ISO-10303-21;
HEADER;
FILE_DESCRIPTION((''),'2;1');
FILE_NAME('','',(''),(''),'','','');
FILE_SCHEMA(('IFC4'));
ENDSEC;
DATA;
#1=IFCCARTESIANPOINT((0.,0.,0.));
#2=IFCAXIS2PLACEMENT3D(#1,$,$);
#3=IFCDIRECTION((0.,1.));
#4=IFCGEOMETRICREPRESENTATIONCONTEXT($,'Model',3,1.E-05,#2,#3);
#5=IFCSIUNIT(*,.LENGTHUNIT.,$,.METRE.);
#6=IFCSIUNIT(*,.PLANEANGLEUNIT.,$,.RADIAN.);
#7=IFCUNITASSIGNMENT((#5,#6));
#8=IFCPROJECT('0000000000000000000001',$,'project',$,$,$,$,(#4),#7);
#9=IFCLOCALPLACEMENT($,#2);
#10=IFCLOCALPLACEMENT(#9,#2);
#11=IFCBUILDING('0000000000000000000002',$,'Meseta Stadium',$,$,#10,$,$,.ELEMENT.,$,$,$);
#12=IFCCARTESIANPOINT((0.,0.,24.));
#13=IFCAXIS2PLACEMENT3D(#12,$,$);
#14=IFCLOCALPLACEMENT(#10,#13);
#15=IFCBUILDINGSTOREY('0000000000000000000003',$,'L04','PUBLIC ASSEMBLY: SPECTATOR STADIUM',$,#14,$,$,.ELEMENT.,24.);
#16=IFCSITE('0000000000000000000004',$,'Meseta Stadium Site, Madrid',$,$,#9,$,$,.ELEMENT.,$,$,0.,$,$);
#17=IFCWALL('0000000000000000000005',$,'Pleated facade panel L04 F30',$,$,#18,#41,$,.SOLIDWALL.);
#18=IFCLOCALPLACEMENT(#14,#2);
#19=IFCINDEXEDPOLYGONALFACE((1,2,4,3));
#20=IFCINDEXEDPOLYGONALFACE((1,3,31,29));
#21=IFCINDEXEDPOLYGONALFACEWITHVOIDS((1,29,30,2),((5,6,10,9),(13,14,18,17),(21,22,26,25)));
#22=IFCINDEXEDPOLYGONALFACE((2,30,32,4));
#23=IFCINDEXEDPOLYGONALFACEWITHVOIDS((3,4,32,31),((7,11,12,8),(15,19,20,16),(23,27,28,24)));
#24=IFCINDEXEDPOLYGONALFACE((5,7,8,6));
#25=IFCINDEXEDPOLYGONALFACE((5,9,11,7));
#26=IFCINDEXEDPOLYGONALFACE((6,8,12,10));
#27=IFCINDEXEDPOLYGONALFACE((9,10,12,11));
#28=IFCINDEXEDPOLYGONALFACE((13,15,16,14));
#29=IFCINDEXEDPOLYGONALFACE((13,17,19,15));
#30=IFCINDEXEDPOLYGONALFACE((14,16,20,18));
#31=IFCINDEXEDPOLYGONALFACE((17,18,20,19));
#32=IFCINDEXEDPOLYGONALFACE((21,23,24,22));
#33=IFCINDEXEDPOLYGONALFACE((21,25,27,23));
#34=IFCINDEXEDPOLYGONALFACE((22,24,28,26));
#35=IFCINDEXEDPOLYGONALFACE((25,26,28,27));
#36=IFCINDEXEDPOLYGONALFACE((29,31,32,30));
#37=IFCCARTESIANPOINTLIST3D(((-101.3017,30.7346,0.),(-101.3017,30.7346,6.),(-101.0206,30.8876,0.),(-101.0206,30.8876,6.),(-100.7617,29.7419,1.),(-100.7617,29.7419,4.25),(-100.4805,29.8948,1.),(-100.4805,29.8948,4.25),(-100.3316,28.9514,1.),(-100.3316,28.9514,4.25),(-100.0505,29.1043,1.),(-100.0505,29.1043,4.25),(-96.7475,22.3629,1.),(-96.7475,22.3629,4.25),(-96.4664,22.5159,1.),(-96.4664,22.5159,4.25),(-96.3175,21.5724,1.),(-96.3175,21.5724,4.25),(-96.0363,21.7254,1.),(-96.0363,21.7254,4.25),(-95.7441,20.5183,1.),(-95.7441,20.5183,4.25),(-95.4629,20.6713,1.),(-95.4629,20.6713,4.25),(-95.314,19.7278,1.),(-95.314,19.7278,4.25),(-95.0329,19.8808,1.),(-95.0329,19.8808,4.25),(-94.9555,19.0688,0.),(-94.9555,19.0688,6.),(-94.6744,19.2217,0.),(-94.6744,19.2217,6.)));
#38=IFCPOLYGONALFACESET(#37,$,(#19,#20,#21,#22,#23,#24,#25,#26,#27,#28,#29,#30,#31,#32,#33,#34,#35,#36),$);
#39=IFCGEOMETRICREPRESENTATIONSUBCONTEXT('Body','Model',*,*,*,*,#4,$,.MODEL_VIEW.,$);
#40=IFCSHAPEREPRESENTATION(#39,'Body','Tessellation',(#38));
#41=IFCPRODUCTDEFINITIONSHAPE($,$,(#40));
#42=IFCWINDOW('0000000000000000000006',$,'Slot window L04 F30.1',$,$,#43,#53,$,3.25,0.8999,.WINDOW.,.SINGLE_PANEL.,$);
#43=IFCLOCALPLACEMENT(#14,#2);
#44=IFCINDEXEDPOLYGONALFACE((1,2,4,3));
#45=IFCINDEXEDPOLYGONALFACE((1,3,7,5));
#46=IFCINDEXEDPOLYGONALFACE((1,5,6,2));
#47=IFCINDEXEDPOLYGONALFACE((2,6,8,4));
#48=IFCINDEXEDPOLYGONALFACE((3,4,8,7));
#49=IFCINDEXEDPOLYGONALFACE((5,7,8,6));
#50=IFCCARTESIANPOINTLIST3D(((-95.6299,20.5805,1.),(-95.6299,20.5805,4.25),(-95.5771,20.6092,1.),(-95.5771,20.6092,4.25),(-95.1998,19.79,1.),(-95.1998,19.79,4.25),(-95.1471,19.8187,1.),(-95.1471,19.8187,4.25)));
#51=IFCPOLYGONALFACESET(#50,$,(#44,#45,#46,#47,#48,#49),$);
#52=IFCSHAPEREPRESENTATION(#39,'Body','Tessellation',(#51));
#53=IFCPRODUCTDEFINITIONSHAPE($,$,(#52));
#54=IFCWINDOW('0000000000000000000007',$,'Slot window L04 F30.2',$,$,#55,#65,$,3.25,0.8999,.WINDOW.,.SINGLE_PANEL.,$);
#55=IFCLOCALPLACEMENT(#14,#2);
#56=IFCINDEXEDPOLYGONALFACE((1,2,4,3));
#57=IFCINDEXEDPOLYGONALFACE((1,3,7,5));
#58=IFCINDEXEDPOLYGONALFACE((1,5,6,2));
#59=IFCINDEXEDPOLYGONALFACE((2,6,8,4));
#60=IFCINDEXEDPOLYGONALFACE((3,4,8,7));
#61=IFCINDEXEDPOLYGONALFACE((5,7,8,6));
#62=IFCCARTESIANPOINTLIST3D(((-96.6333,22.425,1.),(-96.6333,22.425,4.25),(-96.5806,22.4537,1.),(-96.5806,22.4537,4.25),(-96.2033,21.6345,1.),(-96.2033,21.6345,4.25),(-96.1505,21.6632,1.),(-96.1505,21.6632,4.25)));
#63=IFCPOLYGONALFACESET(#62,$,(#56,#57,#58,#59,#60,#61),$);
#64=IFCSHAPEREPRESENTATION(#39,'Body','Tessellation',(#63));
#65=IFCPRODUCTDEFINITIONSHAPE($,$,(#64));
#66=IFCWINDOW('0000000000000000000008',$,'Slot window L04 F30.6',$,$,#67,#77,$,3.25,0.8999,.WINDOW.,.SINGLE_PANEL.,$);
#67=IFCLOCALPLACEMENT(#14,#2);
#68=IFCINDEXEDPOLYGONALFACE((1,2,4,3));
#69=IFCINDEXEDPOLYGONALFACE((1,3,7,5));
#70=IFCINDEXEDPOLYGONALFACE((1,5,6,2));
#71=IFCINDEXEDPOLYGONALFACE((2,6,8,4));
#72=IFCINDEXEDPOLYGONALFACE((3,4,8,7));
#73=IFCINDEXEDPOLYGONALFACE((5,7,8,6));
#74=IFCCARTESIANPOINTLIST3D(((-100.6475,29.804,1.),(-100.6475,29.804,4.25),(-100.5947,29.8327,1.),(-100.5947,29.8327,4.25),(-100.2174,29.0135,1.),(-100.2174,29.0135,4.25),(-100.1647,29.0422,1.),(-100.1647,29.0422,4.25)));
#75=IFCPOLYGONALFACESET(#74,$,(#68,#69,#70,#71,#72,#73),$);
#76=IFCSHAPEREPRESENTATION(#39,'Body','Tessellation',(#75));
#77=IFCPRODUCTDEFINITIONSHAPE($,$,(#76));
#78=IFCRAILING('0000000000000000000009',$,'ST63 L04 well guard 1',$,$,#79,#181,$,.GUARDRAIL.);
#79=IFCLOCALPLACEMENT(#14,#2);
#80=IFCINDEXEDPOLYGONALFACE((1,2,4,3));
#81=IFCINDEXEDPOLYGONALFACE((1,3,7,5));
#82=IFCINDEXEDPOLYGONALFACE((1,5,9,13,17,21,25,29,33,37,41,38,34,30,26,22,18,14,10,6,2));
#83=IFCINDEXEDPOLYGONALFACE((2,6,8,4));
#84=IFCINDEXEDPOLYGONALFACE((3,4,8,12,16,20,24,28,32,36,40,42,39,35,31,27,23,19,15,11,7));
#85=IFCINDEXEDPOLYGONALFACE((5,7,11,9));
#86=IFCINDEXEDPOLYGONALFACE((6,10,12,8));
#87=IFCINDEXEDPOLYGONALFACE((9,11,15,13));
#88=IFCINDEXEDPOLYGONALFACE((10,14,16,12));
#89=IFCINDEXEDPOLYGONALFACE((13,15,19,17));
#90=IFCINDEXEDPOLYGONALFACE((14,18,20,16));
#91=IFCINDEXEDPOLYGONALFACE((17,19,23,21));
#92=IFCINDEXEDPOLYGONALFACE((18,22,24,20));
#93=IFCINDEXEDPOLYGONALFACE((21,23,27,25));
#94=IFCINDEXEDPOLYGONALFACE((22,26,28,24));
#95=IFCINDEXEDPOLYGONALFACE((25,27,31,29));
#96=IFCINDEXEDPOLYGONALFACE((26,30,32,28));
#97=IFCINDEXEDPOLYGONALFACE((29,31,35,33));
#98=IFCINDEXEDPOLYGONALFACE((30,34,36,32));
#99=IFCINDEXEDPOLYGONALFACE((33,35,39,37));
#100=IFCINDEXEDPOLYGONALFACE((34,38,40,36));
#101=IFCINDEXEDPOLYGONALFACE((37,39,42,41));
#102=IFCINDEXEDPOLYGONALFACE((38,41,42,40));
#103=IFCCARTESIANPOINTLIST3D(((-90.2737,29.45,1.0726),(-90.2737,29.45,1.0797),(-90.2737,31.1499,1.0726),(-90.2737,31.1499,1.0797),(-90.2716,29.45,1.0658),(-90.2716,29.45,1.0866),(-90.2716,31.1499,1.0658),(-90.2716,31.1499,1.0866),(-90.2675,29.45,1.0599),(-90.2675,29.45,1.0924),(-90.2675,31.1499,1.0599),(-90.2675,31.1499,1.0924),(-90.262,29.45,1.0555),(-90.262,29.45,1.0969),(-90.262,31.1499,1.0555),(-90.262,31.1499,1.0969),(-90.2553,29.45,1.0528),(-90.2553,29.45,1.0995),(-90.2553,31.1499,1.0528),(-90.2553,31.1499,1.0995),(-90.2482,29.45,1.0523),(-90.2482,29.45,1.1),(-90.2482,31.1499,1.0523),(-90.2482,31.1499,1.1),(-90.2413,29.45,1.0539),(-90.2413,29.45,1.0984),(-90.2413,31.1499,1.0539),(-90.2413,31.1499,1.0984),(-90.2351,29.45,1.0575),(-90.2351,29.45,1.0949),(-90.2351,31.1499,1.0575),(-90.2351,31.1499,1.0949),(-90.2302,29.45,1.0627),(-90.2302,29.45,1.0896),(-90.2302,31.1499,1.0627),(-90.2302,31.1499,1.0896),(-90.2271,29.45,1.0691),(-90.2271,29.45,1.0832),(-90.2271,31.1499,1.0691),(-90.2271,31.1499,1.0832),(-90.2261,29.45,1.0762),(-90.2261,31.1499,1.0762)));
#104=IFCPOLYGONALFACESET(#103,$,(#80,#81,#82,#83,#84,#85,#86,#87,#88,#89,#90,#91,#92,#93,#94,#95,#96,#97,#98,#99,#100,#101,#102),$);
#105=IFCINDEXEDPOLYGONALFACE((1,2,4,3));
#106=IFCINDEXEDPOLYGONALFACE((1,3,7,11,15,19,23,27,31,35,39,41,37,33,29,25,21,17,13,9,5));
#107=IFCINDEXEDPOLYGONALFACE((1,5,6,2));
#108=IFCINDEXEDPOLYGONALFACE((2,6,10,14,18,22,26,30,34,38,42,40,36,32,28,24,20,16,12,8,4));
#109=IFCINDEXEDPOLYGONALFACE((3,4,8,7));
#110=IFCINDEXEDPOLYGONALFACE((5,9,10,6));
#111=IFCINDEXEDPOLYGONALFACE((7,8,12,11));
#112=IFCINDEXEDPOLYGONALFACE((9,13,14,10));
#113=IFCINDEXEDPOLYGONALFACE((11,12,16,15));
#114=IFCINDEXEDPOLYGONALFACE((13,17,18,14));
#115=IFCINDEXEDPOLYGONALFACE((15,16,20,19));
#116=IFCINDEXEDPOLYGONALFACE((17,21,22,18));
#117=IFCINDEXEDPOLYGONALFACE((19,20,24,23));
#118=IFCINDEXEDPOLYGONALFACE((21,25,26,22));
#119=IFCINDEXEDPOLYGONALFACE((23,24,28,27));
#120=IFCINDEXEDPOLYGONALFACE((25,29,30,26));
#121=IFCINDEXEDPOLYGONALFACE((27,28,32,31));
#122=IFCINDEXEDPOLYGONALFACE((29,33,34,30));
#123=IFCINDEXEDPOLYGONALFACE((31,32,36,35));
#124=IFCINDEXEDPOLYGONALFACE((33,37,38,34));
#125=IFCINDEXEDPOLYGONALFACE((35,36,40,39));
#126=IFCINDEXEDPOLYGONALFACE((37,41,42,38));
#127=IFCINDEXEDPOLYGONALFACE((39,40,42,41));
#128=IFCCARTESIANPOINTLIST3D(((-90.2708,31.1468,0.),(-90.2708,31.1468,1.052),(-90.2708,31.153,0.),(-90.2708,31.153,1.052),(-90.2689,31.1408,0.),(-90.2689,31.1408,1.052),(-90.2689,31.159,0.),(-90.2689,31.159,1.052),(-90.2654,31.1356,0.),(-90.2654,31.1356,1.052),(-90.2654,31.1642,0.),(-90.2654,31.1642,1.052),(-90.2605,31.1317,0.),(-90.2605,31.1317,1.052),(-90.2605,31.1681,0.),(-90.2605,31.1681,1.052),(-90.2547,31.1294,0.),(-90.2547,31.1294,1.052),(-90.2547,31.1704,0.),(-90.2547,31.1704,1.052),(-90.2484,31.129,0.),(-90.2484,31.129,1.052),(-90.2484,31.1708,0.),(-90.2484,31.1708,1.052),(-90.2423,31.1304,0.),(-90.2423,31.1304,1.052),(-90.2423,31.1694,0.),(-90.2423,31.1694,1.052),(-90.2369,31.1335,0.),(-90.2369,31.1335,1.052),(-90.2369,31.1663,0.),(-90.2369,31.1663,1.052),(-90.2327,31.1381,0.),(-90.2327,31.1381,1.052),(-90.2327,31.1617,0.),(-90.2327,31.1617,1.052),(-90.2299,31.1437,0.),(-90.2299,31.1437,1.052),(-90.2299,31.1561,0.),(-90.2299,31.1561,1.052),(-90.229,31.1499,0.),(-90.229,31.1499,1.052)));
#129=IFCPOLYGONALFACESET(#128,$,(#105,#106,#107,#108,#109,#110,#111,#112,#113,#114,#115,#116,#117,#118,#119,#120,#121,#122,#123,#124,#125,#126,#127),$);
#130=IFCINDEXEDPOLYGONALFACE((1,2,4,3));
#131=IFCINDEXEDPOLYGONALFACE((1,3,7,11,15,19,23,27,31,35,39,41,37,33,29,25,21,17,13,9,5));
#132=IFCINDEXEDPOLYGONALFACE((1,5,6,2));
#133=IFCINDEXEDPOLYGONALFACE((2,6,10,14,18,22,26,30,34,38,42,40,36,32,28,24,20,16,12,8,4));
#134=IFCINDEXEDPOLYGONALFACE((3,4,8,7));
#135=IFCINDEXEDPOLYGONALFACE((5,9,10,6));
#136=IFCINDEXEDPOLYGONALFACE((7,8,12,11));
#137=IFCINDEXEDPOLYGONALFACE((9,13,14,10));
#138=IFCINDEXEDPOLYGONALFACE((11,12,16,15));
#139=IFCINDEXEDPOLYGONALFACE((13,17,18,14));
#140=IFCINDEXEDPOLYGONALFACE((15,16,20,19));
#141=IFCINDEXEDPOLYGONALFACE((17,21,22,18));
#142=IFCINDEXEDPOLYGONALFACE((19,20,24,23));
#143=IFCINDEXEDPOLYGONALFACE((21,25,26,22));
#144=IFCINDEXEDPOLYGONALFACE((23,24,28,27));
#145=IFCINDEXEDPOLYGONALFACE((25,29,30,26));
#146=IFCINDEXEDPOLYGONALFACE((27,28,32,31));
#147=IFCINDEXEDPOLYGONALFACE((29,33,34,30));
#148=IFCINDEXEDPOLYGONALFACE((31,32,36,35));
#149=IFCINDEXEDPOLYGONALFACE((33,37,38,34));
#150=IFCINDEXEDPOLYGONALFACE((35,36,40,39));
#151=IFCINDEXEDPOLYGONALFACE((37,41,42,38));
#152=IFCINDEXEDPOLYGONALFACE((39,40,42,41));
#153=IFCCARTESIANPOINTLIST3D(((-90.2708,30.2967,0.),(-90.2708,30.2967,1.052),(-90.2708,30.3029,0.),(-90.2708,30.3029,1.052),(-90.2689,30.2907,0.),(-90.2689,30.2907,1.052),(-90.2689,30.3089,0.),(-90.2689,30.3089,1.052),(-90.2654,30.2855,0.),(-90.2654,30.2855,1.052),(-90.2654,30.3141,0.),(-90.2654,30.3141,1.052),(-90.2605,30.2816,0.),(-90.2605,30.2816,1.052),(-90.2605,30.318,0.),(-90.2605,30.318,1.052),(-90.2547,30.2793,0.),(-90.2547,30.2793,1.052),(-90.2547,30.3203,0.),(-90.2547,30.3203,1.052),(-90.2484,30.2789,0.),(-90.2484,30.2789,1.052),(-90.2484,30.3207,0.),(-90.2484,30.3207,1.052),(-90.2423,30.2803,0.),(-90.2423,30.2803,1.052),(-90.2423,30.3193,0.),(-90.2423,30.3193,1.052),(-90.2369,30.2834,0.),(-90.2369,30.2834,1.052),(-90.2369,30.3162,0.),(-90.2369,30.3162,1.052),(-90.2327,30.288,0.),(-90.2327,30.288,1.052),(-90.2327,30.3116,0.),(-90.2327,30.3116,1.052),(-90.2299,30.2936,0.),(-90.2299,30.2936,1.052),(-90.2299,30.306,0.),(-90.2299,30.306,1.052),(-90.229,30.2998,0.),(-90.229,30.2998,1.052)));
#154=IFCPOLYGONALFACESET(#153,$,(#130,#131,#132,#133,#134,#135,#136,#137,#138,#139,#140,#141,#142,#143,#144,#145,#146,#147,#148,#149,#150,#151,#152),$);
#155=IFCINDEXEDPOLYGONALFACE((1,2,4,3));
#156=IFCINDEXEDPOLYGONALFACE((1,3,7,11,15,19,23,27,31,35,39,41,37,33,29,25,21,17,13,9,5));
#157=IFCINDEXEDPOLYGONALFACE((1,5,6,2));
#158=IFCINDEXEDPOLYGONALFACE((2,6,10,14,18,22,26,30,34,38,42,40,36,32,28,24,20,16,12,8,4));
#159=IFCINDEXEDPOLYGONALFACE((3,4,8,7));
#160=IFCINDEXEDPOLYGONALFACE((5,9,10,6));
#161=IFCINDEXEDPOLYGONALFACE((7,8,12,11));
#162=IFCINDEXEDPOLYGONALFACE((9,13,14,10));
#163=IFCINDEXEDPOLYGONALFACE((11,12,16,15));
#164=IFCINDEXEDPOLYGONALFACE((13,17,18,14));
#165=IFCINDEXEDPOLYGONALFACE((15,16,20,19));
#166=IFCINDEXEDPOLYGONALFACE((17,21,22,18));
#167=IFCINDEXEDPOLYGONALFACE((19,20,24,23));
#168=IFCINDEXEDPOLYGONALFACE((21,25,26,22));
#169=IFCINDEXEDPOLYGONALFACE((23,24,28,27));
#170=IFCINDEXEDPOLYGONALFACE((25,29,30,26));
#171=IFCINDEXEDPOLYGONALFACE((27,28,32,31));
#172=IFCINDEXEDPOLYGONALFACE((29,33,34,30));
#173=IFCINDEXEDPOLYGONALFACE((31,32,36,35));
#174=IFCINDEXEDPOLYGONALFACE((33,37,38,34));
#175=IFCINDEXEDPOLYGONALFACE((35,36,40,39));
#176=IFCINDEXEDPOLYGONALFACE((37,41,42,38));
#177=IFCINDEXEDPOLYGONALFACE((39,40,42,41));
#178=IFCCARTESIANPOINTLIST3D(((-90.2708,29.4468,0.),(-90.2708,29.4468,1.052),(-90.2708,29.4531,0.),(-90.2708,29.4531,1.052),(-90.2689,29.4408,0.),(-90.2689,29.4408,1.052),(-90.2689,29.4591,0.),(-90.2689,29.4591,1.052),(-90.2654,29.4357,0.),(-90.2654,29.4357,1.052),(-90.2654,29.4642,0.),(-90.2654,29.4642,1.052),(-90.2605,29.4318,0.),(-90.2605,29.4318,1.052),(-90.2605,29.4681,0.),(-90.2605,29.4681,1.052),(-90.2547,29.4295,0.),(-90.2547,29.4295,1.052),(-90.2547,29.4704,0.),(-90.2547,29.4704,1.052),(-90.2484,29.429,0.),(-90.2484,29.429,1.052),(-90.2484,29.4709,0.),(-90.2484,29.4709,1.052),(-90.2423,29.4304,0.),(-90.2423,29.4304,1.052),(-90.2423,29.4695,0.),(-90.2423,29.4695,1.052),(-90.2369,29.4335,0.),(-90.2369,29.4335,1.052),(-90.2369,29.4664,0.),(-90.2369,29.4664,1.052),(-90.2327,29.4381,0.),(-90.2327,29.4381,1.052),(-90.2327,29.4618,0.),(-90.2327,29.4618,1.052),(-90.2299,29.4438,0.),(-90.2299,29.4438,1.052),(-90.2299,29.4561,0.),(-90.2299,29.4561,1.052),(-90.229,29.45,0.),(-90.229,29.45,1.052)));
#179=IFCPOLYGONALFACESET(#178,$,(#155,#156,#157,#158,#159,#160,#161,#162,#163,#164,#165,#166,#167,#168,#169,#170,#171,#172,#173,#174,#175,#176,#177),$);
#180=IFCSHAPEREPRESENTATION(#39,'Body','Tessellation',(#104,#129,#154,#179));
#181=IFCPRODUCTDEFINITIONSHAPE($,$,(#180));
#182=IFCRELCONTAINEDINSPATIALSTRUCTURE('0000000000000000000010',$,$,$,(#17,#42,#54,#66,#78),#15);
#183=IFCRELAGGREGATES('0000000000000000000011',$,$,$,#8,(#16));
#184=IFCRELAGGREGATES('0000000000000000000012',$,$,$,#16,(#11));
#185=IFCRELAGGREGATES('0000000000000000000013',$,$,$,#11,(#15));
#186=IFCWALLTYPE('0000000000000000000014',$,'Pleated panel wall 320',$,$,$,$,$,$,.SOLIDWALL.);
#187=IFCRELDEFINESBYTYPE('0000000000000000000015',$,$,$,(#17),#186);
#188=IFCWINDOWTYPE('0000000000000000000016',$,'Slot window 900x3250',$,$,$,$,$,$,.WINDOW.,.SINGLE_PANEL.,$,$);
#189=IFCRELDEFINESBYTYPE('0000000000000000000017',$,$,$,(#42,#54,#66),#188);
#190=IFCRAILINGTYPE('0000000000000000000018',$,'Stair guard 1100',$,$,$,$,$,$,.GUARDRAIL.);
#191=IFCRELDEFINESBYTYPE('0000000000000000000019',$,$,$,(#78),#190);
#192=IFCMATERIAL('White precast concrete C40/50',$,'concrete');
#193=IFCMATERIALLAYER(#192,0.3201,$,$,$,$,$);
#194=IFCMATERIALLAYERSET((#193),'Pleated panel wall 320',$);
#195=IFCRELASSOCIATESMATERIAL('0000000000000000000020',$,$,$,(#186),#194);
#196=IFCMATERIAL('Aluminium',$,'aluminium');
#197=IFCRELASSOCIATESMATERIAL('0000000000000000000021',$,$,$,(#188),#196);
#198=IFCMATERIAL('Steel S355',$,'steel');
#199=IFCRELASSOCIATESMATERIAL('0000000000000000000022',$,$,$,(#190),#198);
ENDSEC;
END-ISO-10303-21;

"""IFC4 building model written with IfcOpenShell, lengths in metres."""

from ifc_helpers import new_model, si_unit, direction, frame, frame_2d, origin, origin_2d, place, context, subcontext, project, spatial, rectangle, circle, extrude, material, layer, layer_set, type_object, element, fill, save


model = new_model("IFC4")

# Units and contexts
model_context = context("Model", 3, precision=1e-05, world=origin(), true_north=direction((0.0, 1.0)))
body_context = subcontext(model_context, "Body", "Model", "MODEL_VIEW")
ifc_project = project(units=[si_unit("LENGTHUNIT", "METRE"), si_unit("PLANEANGLEUNIT", "RADIAN")], contexts=[model_context])

# Site, building, storey
site_placement = place(None, origin())
site = spatial("IfcSite", under=ifc_project, at=site_placement, Name="Meseta Stadium Site, Madrid", CompositionType="ELEMENT", RefElevation=0.0)
building_placement = place(site_placement, origin())
building = spatial("IfcBuilding", under=site, at=building_placement, Name="Meseta Stadium", CompositionType="ELEMENT")
storey_placement = place(building_placement, frame((0.0, 0.0, 24.0)))
storey = spatial("IfcBuildingStorey", under=building, at=storey_placement, Name="L04", Description="PUBLIC ASSEMBLY: SPECTATOR STADIUM", CompositionType="ELEMENT", Elevation=24.0)

# Wall, openings, windows
ifc_material_1 = material(Name="White precast concrete C40/50", Category="concrete")
ifc_layer_1 = layer(ifc_material_1, 0.3201)
ifc_layer_set_1 = layer_set([ifc_layer_1], Name="Pleated panel wall 320")
wall_type_1 = type_object("IfcWallType", Name="Pleated panel wall 320", PredefinedType="SOLIDWALL", material=ifc_layer_set_1)
wall_1_placement = place(storey_placement, frame((-94.8149, 19.1453, 0.0), z_axis=(0.0, 0.0, 1.0), x_axis=(-0.477868, 0.878432, 0.0)))
wall_1 = element("IfcWall", 1, at=wall_1_placement, inside=storey, type_object=wall_type_1, Name="Pleated facade panel L04 F30", PredefinedType="SOLIDWALL", context=body_context, shape_type="SweptSolid", body=[
    extrude(rectangle(XDim=13.2803, YDim=0.3201, at=frame_2d((6.6401, 0.0))), origin(), (0.0, 0.0, 1.0), 6.0),
])
opening_1_placement = place(wall_1_placement, frame((0.7502, 0.0, 1.0)))
opening_1 = element("IfcOpeningElement", 2, at=opening_1_placement, cuts=wall_1, PredefinedType="OPENING", context=body_context, shape_type="SweptSolid", body=[
    extrude(rectangle(XDim=0.8999, YDim=3.25, at=frame_2d((0.45, 1.625))), frame((0.0, 0.1699, 0.0), z_axis=(0.0, -1.0, 0.0), x_axis=(1.0, 0.0, 0.0)), (0.0, 0.0, 1.0), 0.3401),
])
opening_2_placement = place(wall_1_placement, frame((2.8501, 0.0, 1.0)))
opening_2 = element("IfcOpeningElement", 3, at=opening_2_placement, cuts=wall_1, PredefinedType="OPENING", context=body_context, shape_type="SweptSolid", body=[
    extrude(rectangle(XDim=0.8999, YDim=3.25, at=frame_2d((0.45, 1.625))), frame((0.0, 0.1699, 0.0), z_axis=(0.0, -1.0, 0.0), x_axis=(1.0, 0.0, 0.0)), (0.0, 0.0, 1.0), 0.3401),
])
opening_3_placement = place(wall_1_placement, frame((11.2502, 0.0, 1.0)))
opening_3 = element("IfcOpeningElement", 4, at=opening_3_placement, cuts=wall_1, PredefinedType="OPENING", context=body_context, shape_type="SweptSolid", body=[
    extrude(rectangle(XDim=0.8999, YDim=3.25, at=frame_2d((0.45, 1.625))), frame((0.0, 0.1699, 0.0), z_axis=(0.0, -1.0, 0.0), x_axis=(1.0, 0.0, 0.0)), (0.0, 0.0, 1.0), 0.3401),
])
ifc_material_2 = material(Name="Aluminium", Category="aluminium")
window_type = type_object("IfcWindowType", Name="Slot window 900x3250", PartitioningType="SINGLE_PANEL", PredefinedType="WINDOW", material=ifc_material_2)
window_1_placement = place(opening_1_placement, origin())
window_1 = element("IfcWindow", 5, at=window_1_placement, inside=storey, type_object=window_type, Name="Slot window L04 F30.1", OverallHeight=3.25, OverallWidth=0.8999, PartitioningType="SINGLE_PANEL", PredefinedType="WINDOW", context=body_context, shape_type="SweptSolid", body=[
    extrude(rectangle(XDim=0.8999, YDim=3.25, at=frame_2d((0.45, 1.625))), frame((0.0, 0.03, 0.0), z_axis=(0.0, -1.0, 0.0), x_axis=(1.0, 0.0, 0.0)), (0.0, 0.0, 1.0), 0.0601),
])
fill(opening_1, window_1)
window_2_placement = place(opening_2_placement, origin())
window_2 = element("IfcWindow", 6, at=window_2_placement, inside=storey, type_object=window_type, Name="Slot window L04 F30.2", OverallHeight=3.25, OverallWidth=0.8999, PartitioningType="SINGLE_PANEL", PredefinedType="WINDOW", context=body_context, shape_type="SweptSolid", body=[
    extrude(rectangle(XDim=0.8999, YDim=3.25, at=frame_2d((0.45, 1.625))), frame((0.0, 0.03, 0.0), z_axis=(0.0, -1.0, 0.0), x_axis=(1.0, 0.0, 0.0)), (0.0, 0.0, 1.0), 0.0601),
])
fill(opening_2, window_2)
window_3_placement = place(opening_3_placement, origin())
window_3 = element("IfcWindow", 7, at=window_3_placement, inside=storey, type_object=window_type, Name="Slot window L04 F30.6", OverallHeight=3.25, OverallWidth=0.8999, PartitioningType="SINGLE_PANEL", PredefinedType="WINDOW", context=body_context, shape_type="SweptSolid", body=[
    extrude(rectangle(XDim=0.8999, YDim=3.25, at=frame_2d((0.45, 1.625))), frame((0.0, 0.03, 0.0), z_axis=(0.0, -1.0, 0.0), x_axis=(1.0, 0.0, 0.0)), (0.0, 0.0, 1.0), 0.0601),
])
fill(opening_3, window_3)

# Railing
ifc_material_3 = material(Name="Steel S355", Category="steel")
railing_type = type_object("IfcRailingType", Name="Stair guard 1100", PredefinedType="GUARDRAIL", material=ifc_material_3)
for number, where, name in (
    (8, (-90.25, 31.1499, 0.0), "ST63 L04 well guard 1"),
):
    element("IfcRailing", number, at=place(storey_placement, frame(where)), inside=storey, type_object=railing_type, Name=name, PredefinedType="GUARDRAIL", context=body_context, shape_type="SweptSolid", body=[
        extrude(circle(Radius=0.0239, at=origin_2d()), frame((0.0, 0.0, 1.0762), z_axis=(0.0, -1.0, 0.0), x_axis=(1.0, 0.0, 0.0)), (0.0, 0.0, 1.0), 1.7),
        extrude(circle(Radius=0.021, at=origin_2d()), origin(), (0.0, 0.0, 1.0), 1.052),
        extrude(circle(Radius=0.021, at=origin_2d()), frame((0.0, -0.8501, 0.0)), (0.0, 0.0, 1.0), 1.052),
        extrude(circle(Radius=0.021, at=origin_2d()), frame((0.0, -1.7, 0.0)), (0.0, 0.0, 1.0), 1.052),
    ])

save(model, "model.ifc")
